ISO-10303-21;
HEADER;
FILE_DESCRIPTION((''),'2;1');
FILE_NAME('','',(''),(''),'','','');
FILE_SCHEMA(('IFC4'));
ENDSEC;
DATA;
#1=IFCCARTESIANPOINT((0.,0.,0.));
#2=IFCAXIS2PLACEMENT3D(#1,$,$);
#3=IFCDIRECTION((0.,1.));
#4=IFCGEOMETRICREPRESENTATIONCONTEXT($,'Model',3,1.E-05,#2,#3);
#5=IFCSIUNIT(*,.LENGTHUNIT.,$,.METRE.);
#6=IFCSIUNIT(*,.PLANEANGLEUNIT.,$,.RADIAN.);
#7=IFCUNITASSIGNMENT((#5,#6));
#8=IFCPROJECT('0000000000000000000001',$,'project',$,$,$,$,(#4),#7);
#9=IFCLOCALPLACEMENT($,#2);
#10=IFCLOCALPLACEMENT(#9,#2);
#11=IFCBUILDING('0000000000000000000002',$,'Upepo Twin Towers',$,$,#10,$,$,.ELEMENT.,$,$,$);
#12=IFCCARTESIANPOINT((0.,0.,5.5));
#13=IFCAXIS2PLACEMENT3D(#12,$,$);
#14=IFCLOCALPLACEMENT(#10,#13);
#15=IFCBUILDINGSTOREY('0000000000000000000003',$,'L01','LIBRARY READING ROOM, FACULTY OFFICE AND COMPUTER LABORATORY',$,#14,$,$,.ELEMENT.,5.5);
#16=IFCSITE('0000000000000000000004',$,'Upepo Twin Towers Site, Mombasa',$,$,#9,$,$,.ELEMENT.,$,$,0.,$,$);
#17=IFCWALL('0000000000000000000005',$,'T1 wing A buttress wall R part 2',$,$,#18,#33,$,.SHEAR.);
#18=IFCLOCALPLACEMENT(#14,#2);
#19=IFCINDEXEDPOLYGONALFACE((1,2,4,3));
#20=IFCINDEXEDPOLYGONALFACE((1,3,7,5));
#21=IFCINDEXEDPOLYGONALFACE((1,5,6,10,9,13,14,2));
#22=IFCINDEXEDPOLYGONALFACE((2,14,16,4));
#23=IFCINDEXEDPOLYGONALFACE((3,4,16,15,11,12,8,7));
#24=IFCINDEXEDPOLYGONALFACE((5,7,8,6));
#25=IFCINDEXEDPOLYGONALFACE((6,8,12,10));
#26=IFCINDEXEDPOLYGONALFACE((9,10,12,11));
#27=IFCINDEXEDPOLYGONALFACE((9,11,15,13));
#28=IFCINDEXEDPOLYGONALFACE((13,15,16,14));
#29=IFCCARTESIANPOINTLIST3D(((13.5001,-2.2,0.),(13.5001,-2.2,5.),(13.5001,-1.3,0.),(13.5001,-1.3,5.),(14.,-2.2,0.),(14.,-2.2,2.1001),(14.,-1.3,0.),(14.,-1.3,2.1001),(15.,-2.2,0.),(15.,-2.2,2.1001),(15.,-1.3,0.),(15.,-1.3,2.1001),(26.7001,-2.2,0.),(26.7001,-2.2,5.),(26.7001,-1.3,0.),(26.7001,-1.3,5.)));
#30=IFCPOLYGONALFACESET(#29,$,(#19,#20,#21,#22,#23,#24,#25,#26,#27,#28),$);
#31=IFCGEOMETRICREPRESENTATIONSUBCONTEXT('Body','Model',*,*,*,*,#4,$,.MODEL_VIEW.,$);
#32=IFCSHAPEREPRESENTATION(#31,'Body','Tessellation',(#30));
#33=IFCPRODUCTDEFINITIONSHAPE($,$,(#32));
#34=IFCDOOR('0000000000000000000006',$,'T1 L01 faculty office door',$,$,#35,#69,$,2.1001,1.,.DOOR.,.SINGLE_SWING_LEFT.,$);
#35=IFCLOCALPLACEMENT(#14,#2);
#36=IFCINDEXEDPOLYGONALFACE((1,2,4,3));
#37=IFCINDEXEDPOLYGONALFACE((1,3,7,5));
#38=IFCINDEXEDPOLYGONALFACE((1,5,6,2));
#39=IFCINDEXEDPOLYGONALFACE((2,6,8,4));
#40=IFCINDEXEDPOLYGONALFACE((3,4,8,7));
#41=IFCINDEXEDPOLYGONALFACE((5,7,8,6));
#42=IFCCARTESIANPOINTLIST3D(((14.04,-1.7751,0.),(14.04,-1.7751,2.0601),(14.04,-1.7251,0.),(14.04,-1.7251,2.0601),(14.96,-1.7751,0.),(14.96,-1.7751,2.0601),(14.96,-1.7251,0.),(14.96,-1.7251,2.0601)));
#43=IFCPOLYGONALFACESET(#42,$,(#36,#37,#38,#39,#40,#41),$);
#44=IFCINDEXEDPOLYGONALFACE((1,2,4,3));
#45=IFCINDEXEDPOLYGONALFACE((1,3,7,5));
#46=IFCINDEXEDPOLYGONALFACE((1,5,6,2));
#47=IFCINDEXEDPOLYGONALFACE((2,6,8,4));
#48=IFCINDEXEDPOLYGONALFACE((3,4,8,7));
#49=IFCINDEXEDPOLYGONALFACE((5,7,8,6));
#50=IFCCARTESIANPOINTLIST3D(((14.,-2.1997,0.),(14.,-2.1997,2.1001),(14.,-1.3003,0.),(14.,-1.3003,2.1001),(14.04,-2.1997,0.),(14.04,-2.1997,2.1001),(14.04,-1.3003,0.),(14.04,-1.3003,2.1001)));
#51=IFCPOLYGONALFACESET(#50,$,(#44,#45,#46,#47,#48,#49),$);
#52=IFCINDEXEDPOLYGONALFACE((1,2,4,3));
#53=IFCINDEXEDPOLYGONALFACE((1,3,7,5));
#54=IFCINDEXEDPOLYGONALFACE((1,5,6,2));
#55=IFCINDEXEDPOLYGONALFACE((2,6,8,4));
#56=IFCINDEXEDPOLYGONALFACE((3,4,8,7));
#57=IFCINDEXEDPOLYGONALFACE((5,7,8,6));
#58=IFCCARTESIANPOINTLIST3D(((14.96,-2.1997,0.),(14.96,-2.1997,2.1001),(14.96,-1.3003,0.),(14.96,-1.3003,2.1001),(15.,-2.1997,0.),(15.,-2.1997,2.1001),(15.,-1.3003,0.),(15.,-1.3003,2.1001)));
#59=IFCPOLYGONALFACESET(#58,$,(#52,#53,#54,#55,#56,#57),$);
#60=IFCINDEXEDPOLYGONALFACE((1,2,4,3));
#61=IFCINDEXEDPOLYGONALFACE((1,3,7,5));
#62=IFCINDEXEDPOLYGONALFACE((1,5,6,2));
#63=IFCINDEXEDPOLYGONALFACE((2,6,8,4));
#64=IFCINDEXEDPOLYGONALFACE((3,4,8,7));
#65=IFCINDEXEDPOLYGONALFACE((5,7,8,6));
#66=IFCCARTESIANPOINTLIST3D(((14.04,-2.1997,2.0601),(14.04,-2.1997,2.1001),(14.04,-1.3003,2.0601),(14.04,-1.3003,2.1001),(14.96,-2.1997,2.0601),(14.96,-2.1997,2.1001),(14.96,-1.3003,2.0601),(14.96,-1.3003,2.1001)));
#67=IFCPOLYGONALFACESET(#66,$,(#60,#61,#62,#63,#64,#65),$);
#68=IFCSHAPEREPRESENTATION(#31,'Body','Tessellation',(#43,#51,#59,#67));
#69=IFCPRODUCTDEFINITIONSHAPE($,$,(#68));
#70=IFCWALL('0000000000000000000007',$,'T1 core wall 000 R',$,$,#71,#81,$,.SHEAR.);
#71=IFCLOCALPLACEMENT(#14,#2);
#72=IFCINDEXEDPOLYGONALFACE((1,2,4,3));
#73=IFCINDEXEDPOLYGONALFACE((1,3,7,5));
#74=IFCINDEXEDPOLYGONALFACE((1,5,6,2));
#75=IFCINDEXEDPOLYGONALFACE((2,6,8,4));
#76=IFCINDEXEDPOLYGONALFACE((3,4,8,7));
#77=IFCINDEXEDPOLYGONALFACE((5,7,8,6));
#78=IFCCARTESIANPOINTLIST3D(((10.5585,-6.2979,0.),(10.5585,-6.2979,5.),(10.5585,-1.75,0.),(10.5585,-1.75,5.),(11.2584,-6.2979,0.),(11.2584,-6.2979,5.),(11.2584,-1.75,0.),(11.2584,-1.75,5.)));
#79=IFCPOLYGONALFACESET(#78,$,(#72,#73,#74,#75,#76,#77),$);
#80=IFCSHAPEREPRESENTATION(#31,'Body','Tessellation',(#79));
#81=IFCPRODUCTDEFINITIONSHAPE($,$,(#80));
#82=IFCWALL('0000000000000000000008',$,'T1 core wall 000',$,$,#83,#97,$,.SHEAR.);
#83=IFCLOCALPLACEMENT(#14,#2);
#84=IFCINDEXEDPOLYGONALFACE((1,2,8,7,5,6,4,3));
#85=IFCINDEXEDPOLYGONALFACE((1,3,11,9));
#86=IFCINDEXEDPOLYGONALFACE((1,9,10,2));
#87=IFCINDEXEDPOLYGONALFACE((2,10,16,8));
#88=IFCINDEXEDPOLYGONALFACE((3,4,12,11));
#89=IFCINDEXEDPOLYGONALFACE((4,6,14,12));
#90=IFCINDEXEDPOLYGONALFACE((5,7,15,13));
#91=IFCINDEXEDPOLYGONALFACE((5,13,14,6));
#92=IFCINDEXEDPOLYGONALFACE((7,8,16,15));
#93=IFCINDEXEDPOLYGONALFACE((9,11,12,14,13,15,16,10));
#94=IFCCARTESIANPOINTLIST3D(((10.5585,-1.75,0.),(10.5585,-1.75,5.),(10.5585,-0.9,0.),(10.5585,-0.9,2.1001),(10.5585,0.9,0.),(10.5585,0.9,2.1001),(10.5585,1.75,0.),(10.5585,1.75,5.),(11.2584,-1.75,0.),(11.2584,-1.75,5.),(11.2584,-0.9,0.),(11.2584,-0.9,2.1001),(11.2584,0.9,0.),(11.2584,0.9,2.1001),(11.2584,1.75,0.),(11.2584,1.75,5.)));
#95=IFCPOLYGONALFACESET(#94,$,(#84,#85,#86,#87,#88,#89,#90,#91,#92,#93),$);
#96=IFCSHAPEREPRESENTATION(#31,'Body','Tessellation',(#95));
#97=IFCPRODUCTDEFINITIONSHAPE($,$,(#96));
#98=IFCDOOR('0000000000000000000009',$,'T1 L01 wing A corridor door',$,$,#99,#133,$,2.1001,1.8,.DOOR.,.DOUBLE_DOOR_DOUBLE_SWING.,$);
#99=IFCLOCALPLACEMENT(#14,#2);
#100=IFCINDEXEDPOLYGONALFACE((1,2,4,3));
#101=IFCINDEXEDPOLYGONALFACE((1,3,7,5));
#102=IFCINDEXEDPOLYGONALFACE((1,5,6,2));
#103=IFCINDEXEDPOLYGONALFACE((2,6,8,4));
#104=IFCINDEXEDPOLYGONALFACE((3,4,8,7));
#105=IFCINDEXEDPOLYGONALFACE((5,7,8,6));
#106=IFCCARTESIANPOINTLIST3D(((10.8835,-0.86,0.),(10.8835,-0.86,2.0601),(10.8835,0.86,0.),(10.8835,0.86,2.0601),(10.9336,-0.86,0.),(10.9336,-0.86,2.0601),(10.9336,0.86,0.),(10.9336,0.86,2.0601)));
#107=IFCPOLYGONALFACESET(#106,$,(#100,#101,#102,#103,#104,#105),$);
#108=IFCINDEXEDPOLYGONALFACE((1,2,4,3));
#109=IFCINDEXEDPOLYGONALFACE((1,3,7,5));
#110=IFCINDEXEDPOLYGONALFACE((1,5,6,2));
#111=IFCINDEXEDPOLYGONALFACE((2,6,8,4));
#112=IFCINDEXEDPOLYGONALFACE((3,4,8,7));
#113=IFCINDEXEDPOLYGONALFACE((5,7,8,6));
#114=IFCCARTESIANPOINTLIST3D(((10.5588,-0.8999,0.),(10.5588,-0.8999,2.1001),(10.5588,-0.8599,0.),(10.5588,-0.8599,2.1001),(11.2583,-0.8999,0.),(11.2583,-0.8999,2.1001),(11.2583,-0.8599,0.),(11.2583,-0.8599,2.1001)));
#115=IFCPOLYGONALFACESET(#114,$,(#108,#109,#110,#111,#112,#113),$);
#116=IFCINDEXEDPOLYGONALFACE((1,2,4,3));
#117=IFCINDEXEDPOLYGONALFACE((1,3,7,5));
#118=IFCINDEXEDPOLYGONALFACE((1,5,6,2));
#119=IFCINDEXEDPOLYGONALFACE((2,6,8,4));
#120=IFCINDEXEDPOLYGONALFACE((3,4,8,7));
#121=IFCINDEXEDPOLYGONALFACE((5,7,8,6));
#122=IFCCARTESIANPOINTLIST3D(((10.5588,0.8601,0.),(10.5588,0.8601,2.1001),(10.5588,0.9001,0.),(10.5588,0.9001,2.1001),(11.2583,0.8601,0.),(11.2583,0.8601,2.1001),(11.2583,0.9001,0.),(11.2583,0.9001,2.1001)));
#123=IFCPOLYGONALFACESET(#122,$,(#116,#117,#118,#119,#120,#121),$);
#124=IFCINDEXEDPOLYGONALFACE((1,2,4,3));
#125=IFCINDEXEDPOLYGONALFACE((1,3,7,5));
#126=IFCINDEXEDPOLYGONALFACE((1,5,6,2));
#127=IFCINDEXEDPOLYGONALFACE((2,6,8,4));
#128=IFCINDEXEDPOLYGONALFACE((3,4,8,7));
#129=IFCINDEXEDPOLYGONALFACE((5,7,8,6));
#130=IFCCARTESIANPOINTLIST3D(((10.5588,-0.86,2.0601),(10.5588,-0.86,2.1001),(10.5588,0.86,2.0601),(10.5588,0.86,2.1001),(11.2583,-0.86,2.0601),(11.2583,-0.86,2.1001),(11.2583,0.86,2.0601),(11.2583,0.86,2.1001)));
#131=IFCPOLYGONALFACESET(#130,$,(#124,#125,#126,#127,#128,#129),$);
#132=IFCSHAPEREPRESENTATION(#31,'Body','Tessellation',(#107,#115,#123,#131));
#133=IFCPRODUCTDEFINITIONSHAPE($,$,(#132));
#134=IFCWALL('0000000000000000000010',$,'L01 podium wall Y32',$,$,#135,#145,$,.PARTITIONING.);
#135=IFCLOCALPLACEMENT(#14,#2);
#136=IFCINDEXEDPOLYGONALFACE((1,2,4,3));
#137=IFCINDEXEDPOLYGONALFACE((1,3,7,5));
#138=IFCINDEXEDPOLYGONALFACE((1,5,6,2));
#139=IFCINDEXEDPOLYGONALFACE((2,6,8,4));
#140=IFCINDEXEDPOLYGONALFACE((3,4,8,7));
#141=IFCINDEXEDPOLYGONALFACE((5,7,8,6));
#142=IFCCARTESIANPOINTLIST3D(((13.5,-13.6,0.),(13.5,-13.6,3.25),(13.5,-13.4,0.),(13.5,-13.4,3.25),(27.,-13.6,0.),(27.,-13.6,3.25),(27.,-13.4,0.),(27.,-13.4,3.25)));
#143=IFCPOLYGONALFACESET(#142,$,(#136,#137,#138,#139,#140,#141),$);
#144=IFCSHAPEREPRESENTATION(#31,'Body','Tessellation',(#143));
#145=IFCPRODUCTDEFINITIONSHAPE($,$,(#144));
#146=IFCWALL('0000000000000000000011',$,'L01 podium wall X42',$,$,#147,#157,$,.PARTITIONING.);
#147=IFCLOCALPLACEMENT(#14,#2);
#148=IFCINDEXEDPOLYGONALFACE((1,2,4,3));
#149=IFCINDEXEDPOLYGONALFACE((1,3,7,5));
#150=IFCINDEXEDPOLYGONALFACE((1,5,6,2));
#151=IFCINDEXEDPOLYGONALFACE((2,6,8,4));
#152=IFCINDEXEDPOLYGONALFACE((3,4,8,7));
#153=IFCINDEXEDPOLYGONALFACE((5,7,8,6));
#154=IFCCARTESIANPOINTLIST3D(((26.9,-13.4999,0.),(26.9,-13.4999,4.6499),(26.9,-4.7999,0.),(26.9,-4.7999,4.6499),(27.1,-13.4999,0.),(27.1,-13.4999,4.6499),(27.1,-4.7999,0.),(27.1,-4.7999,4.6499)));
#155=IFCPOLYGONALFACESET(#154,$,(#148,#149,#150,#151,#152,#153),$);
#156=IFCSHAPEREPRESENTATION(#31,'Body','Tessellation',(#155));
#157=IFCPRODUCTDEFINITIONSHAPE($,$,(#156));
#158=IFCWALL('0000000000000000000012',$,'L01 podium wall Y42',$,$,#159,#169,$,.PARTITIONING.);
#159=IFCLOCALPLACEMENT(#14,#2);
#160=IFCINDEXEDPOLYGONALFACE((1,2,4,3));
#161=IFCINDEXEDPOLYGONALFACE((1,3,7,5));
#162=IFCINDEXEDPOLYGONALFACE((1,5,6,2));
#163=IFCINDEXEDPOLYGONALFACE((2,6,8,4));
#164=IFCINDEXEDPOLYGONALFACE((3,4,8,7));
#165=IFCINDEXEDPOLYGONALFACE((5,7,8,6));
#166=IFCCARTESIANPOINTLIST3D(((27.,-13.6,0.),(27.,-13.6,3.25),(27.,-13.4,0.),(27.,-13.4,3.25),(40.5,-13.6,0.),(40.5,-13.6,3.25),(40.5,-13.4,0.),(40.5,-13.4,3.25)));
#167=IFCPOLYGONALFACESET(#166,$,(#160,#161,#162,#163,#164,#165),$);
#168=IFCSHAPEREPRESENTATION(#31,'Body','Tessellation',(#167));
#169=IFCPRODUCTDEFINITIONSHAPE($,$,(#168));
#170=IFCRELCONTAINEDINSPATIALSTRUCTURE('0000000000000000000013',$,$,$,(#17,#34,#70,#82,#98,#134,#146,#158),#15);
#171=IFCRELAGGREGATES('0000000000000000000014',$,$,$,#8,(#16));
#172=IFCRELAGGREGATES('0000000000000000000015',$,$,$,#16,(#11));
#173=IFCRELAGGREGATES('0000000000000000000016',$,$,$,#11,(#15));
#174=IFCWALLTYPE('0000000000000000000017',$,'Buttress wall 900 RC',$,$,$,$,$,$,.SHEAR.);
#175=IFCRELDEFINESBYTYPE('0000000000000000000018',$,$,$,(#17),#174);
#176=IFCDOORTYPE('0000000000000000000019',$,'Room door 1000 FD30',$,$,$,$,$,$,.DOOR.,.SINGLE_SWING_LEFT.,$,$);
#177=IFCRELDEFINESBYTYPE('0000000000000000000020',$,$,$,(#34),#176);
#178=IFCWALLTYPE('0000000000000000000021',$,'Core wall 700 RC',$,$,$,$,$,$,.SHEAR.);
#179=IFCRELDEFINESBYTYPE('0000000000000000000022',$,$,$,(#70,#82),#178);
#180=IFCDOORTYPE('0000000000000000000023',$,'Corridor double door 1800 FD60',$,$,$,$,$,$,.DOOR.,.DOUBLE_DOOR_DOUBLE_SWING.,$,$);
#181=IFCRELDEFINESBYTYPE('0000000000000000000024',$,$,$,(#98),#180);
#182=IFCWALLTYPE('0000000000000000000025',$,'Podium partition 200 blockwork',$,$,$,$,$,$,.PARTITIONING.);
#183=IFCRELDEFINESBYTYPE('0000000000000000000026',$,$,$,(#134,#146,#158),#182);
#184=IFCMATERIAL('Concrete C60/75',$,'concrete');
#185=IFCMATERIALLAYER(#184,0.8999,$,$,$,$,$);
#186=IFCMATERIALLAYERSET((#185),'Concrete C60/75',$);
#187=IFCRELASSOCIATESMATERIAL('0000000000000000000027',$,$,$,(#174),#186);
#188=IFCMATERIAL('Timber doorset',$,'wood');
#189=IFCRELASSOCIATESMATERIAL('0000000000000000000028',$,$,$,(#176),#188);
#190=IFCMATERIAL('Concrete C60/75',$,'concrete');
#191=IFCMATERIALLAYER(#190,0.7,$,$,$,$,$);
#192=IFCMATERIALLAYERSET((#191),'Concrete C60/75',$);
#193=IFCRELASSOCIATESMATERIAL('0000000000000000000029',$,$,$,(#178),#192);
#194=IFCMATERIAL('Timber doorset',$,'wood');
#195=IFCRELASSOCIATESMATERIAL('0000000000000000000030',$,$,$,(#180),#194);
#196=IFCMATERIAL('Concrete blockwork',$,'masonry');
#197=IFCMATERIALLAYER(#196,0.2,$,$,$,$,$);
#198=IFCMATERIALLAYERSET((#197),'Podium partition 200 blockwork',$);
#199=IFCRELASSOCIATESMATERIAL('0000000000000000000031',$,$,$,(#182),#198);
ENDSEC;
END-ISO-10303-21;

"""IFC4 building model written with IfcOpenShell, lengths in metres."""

from ifc_helpers import new_model, si_unit, direction, frame, frame_2d, origin, place, context, subcontext, project, spatial, rectangle, extrude, material, layer, layer_set, type_object, element, fill, save


model = new_model("IFC4")

# Units and contexts
model_context = context("Model", 3, precision=1e-05, world=origin(), true_north=direction((0.0, 1.0)))
body_context = subcontext(model_context, "Body", "Model", "MODEL_VIEW")
ifc_project = project(units=[si_unit("LENGTHUNIT", "METRE"), si_unit("PLANEANGLEUNIT", "RADIAN")], contexts=[model_context])

# Site, building, storey
site_placement = place(None, origin())
site = spatial("IfcSite", under=ifc_project, at=site_placement, Name="Upepo Twin Towers Site, Mombasa", CompositionType="ELEMENT", RefElevation=0.0)
building_placement = place(site_placement, origin())
building = spatial("IfcBuilding", under=site, at=building_placement, Name="Upepo Twin Towers", CompositionType="ELEMENT")
storey_placement = place(building_placement, frame((0.0, 0.0, 5.5)))
storey = spatial("IfcBuildingStorey", under=building, at=storey_placement, Name="L01", Description="LIBRARY READING ROOM, FACULTY OFFICE AND COMPUTER LABORATORY", CompositionType="ELEMENT", Elevation=5.5)

# Wall, opening, door
ifc_material_1 = material(Name="Concrete C60/75", Category="concrete")
ifc_layer_1 = layer(ifc_material_1, 0.8999)
ifc_layer_set_1 = layer_set([ifc_layer_1], Name="Concrete C60/75")
wall_type_1 = type_object("IfcWallType", Name="Buttress wall 900 RC", PredefinedType="SHEAR", material=ifc_layer_set_1)
wall_1_placement = place(storey_placement, frame((13.5, -1.75, 0.0), z_axis=(0.0, 0.0, 1.0), x_axis=(1.0, 0.0, 0.0)))
wall_1 = element("IfcWall", 1, at=wall_1_placement, inside=storey, type_object=wall_type_1, Name="T1 wing A buttress wall R part 2", PredefinedType="SHEAR", context=body_context, shape_type="SweptSolid", body=[
    extrude(rectangle(XDim=13.2, YDim=0.8999, at=frame_2d((6.6001, 0.0))), origin(), (0.0, 0.0, 1.0), 5.0),
])
opening_1_placement = place(wall_1_placement, frame((0.5, 0.0, 0.0)))
opening_1 = element("IfcOpeningElement", 2, at=opening_1_placement, cuts=wall_1, PredefinedType="OPENING", context=body_context, shape_type="SweptSolid", body=[
    extrude(rectangle(XDim=1.0, YDim=2.1001, at=frame_2d((0.5, 1.05))), frame((0.0, 0.46, 0.0), z_axis=(0.0, -1.0, 0.0), x_axis=(1.0, 0.0, 0.0)), (0.0, 0.0, 1.0), 0.9199),
])
ifc_material_2 = material(Name="Timber doorset", Category="wood")
door_type_1 = type_object("IfcDoorType", Name="Room door 1000 FD30", OperationType="SINGLE_SWING_LEFT", PredefinedType="DOOR", material=ifc_material_2)
door_1_placement = place(opening_1_placement, origin())
door_1 = element("IfcDoor", 3, at=door_1_placement, inside=storey, type_object=door_type_1, Name="T1 L01 faculty office door", OperationType="SINGLE_SWING_LEFT", OverallHeight=2.1001, OverallWidth=1.0, PredefinedType="DOOR", context=body_context, shape_type="SweptSolid", body=[
    extrude(rectangle(XDim=0.92, YDim=2.0601, at=frame_2d((0.5, 1.03))), frame((0.0, 0.0249, 0.0), z_axis=(0.0, -1.0, 0.0), x_axis=(1.0, 0.0, 0.0)), (0.0, 0.0, 1.0), 0.05),
    extrude(rectangle(XDim=0.04, YDim=2.1001, at=frame_2d((0.02, 1.05))), frame((0.0, 0.4497, 0.0), z_axis=(0.0, -1.0, 0.0), x_axis=(1.0, 0.0, 0.0)), (0.0, 0.0, 1.0), 0.8994),
    extrude(rectangle(XDim=0.04, YDim=2.1001, at=frame_2d((0.98, 1.05))), frame((0.0, 0.4497, 0.0), z_axis=(0.0, -1.0, 0.0), x_axis=(1.0, 0.0, 0.0)), (0.0, 0.0, 1.0), 0.8994),
    extrude(rectangle(XDim=0.92, YDim=0.04, at=frame_2d((0.5, 2.0801))), frame((0.0, 0.4497, 0.0), z_axis=(0.0, -1.0, 0.0), x_axis=(1.0, 0.0, 0.0)), (0.0, 0.0, 1.0), 0.8994),
])
fill(opening_1, door_1)

# Wall
ifc_material_3 = material(Name="Concrete C60/75", Category="concrete")
ifc_layer_2 = layer(ifc_material_3, 0.7)
ifc_layer_set_2 = layer_set([ifc_layer_2], Name="Concrete C60/75")
wall_type_2 = type_object("IfcWallType", Name="Core wall 700 RC", PredefinedType="SHEAR", material=ifc_layer_set_2)
wall_2_placement = place(storey_placement, frame((10.9084, -6.2979, 0.0), z_axis=(0.0, 0.0, 1.0), x_axis=(0.0, 1.0, 0.0)))
element("IfcWall", 4, at=wall_2_placement, inside=storey, type_object=wall_type_2, Name="T1 core wall 000 R", PredefinedType="SHEAR", context=body_context, shape_type="SweptSolid", body=[
    extrude(rectangle(XDim=4.5479, YDim=0.7, at=frame_2d((2.2739, 0.0))), origin(), (0.0, 0.0, 1.0), 5.0),
])

# Wall, opening, door
wall_3_placement = place(storey_placement, frame((10.9084, -1.75, 0.0), z_axis=(0.0, 0.0, 1.0), x_axis=(0.0, 1.0, 0.0)))
wall_3 = element("IfcWall", 5, at=wall_3_placement, inside=storey, type_object=wall_type_2, Name="T1 core wall 000", PredefinedType="SHEAR", context=body_context, shape_type="SweptSolid", body=[
    extrude(rectangle(XDim=3.5, YDim=0.7, at=frame_2d((1.75, 0.0))), origin(), (0.0, 0.0, 1.0), 5.0),
])
opening_2_placement = place(wall_3_placement, frame((0.8501, 0.0, 0.0)))
opening_2 = element("IfcOpeningElement", 6, at=opening_2_placement, cuts=wall_3, PredefinedType="OPENING", context=body_context, shape_type="SweptSolid", body=[
    extrude(rectangle(XDim=1.8, YDim=2.1001, at=frame_2d((0.8999, 1.05))), frame((0.0, 0.3599, 0.0), z_axis=(0.0, -1.0, 0.0), x_axis=(1.0, 0.0, 0.0)), (0.0, 0.0, 1.0), 0.72),
])
ifc_material_4 = material(Name="Timber doorset", Category="wood")
door_type_2 = type_object("IfcDoorType", Name="Corridor double door 1800 FD60", OperationType="DOUBLE_DOOR_DOUBLE_SWING", PredefinedType="DOOR", material=ifc_material_4)
door_2_placement = place(opening_2_placement, origin())
door_2 = element("IfcDoor", 7, at=door_2_placement, inside=storey, type_object=door_type_2, Name="T1 L01 wing A corridor door", OperationType="DOUBLE_DOOR_DOUBLE_SWING", OverallHeight=2.1001, OverallWidth=1.8, PredefinedType="DOOR", context=body_context, shape_type="SweptSolid", body=[
    extrude(rectangle(XDim=1.72, YDim=2.0601, at=frame_2d((0.8999, 1.03))), frame((0.0, 0.0249, 0.0), z_axis=(0.0, -1.0, 0.0), x_axis=(1.0, 0.0, 0.0)), (0.0, 0.0, 1.0), 0.05),
    extrude(rectangle(XDim=0.04, YDim=2.1001, at=frame_2d((0.02, 1.05))), frame((0.0, 0.3496, 0.0), z_axis=(0.0, -1.0, 0.0), x_axis=(1.0, 0.0, 0.0)), (0.0, 0.0, 1.0), 0.6995),
    extrude(rectangle(XDim=0.04, YDim=2.1001, at=frame_2d((1.78, 1.05))), frame((0.0, 0.3496, 0.0), z_axis=(0.0, -1.0, 0.0), x_axis=(1.0, 0.0, 0.0)), (0.0, 0.0, 1.0), 0.6995),
    extrude(rectangle(XDim=1.72, YDim=0.04, at=frame_2d((0.8999, 2.0801))), frame((0.0, 0.3496, 0.0), z_axis=(0.0, -1.0, 0.0), x_axis=(1.0, 0.0, 0.0)), (0.0, 0.0, 1.0), 0.6995),
])
fill(opening_2, door_2)

# Walls
ifc_material_5 = material(Name="Concrete blockwork", Category="masonry")
ifc_layer_3 = layer(ifc_material_5, 0.2)
ifc_layer_set_3 = layer_set([ifc_layer_3], Name="Podium partition 200 blockwork")
wall_type_3 = type_object("IfcWallType", Name="Podium partition 200 blockwork", PredefinedType="PARTITIONING", material=ifc_layer_set_3)
wall_4_placement = place(storey_placement, frame((13.5, -13.5, 0.0), z_axis=(0.0, 0.0, 1.0), x_axis=(1.0, 0.0, 0.0)))
element("IfcWall", 8, at=wall_4_placement, inside=storey, type_object=wall_type_3, Name="L01 podium wall Y32", PredefinedType="PARTITIONING", context=body_context, shape_type="SweptSolid", body=[
    extrude(rectangle(XDim=13.5, YDim=0.2, at=frame_2d((6.75, 0.0))), origin(), (0.0, 0.0, 1.0), 3.25),
])
wall_5_placement = place(storey_placement, frame((27.0, -13.5, 0.0), z_axis=(0.0, 0.0, 1.0), x_axis=(0.0, 1.0, 0.0)))
element("IfcWall", 9, at=wall_5_placement, inside=storey, type_object=wall_type_3, Name="L01 podium wall X42", PredefinedType="PARTITIONING", context=body_context, shape_type="SweptSolid", body=[
    extrude(rectangle(XDim=8.7, YDim=0.2, at=frame_2d((4.3501, 0.0))), origin(), (0.0, 0.0, 1.0), 4.6499),
])
wall_6_placement = place(storey_placement, frame((27.0, -13.5, 0.0), z_axis=(0.0, 0.0, 1.0), x_axis=(1.0, 0.0, 0.0)))
element("IfcWall", 10, at=wall_6_placement, inside=storey, type_object=wall_type_3, Name="L01 podium wall Y42", PredefinedType="PARTITIONING", context=body_context, shape_type="SweptSolid", body=[
    extrude(rectangle(XDim=13.5, YDim=0.2, at=frame_2d((6.75, 0.0))), origin(), (0.0, 0.0, 1.0), 3.25),
])

save(model, "model.ifc")
